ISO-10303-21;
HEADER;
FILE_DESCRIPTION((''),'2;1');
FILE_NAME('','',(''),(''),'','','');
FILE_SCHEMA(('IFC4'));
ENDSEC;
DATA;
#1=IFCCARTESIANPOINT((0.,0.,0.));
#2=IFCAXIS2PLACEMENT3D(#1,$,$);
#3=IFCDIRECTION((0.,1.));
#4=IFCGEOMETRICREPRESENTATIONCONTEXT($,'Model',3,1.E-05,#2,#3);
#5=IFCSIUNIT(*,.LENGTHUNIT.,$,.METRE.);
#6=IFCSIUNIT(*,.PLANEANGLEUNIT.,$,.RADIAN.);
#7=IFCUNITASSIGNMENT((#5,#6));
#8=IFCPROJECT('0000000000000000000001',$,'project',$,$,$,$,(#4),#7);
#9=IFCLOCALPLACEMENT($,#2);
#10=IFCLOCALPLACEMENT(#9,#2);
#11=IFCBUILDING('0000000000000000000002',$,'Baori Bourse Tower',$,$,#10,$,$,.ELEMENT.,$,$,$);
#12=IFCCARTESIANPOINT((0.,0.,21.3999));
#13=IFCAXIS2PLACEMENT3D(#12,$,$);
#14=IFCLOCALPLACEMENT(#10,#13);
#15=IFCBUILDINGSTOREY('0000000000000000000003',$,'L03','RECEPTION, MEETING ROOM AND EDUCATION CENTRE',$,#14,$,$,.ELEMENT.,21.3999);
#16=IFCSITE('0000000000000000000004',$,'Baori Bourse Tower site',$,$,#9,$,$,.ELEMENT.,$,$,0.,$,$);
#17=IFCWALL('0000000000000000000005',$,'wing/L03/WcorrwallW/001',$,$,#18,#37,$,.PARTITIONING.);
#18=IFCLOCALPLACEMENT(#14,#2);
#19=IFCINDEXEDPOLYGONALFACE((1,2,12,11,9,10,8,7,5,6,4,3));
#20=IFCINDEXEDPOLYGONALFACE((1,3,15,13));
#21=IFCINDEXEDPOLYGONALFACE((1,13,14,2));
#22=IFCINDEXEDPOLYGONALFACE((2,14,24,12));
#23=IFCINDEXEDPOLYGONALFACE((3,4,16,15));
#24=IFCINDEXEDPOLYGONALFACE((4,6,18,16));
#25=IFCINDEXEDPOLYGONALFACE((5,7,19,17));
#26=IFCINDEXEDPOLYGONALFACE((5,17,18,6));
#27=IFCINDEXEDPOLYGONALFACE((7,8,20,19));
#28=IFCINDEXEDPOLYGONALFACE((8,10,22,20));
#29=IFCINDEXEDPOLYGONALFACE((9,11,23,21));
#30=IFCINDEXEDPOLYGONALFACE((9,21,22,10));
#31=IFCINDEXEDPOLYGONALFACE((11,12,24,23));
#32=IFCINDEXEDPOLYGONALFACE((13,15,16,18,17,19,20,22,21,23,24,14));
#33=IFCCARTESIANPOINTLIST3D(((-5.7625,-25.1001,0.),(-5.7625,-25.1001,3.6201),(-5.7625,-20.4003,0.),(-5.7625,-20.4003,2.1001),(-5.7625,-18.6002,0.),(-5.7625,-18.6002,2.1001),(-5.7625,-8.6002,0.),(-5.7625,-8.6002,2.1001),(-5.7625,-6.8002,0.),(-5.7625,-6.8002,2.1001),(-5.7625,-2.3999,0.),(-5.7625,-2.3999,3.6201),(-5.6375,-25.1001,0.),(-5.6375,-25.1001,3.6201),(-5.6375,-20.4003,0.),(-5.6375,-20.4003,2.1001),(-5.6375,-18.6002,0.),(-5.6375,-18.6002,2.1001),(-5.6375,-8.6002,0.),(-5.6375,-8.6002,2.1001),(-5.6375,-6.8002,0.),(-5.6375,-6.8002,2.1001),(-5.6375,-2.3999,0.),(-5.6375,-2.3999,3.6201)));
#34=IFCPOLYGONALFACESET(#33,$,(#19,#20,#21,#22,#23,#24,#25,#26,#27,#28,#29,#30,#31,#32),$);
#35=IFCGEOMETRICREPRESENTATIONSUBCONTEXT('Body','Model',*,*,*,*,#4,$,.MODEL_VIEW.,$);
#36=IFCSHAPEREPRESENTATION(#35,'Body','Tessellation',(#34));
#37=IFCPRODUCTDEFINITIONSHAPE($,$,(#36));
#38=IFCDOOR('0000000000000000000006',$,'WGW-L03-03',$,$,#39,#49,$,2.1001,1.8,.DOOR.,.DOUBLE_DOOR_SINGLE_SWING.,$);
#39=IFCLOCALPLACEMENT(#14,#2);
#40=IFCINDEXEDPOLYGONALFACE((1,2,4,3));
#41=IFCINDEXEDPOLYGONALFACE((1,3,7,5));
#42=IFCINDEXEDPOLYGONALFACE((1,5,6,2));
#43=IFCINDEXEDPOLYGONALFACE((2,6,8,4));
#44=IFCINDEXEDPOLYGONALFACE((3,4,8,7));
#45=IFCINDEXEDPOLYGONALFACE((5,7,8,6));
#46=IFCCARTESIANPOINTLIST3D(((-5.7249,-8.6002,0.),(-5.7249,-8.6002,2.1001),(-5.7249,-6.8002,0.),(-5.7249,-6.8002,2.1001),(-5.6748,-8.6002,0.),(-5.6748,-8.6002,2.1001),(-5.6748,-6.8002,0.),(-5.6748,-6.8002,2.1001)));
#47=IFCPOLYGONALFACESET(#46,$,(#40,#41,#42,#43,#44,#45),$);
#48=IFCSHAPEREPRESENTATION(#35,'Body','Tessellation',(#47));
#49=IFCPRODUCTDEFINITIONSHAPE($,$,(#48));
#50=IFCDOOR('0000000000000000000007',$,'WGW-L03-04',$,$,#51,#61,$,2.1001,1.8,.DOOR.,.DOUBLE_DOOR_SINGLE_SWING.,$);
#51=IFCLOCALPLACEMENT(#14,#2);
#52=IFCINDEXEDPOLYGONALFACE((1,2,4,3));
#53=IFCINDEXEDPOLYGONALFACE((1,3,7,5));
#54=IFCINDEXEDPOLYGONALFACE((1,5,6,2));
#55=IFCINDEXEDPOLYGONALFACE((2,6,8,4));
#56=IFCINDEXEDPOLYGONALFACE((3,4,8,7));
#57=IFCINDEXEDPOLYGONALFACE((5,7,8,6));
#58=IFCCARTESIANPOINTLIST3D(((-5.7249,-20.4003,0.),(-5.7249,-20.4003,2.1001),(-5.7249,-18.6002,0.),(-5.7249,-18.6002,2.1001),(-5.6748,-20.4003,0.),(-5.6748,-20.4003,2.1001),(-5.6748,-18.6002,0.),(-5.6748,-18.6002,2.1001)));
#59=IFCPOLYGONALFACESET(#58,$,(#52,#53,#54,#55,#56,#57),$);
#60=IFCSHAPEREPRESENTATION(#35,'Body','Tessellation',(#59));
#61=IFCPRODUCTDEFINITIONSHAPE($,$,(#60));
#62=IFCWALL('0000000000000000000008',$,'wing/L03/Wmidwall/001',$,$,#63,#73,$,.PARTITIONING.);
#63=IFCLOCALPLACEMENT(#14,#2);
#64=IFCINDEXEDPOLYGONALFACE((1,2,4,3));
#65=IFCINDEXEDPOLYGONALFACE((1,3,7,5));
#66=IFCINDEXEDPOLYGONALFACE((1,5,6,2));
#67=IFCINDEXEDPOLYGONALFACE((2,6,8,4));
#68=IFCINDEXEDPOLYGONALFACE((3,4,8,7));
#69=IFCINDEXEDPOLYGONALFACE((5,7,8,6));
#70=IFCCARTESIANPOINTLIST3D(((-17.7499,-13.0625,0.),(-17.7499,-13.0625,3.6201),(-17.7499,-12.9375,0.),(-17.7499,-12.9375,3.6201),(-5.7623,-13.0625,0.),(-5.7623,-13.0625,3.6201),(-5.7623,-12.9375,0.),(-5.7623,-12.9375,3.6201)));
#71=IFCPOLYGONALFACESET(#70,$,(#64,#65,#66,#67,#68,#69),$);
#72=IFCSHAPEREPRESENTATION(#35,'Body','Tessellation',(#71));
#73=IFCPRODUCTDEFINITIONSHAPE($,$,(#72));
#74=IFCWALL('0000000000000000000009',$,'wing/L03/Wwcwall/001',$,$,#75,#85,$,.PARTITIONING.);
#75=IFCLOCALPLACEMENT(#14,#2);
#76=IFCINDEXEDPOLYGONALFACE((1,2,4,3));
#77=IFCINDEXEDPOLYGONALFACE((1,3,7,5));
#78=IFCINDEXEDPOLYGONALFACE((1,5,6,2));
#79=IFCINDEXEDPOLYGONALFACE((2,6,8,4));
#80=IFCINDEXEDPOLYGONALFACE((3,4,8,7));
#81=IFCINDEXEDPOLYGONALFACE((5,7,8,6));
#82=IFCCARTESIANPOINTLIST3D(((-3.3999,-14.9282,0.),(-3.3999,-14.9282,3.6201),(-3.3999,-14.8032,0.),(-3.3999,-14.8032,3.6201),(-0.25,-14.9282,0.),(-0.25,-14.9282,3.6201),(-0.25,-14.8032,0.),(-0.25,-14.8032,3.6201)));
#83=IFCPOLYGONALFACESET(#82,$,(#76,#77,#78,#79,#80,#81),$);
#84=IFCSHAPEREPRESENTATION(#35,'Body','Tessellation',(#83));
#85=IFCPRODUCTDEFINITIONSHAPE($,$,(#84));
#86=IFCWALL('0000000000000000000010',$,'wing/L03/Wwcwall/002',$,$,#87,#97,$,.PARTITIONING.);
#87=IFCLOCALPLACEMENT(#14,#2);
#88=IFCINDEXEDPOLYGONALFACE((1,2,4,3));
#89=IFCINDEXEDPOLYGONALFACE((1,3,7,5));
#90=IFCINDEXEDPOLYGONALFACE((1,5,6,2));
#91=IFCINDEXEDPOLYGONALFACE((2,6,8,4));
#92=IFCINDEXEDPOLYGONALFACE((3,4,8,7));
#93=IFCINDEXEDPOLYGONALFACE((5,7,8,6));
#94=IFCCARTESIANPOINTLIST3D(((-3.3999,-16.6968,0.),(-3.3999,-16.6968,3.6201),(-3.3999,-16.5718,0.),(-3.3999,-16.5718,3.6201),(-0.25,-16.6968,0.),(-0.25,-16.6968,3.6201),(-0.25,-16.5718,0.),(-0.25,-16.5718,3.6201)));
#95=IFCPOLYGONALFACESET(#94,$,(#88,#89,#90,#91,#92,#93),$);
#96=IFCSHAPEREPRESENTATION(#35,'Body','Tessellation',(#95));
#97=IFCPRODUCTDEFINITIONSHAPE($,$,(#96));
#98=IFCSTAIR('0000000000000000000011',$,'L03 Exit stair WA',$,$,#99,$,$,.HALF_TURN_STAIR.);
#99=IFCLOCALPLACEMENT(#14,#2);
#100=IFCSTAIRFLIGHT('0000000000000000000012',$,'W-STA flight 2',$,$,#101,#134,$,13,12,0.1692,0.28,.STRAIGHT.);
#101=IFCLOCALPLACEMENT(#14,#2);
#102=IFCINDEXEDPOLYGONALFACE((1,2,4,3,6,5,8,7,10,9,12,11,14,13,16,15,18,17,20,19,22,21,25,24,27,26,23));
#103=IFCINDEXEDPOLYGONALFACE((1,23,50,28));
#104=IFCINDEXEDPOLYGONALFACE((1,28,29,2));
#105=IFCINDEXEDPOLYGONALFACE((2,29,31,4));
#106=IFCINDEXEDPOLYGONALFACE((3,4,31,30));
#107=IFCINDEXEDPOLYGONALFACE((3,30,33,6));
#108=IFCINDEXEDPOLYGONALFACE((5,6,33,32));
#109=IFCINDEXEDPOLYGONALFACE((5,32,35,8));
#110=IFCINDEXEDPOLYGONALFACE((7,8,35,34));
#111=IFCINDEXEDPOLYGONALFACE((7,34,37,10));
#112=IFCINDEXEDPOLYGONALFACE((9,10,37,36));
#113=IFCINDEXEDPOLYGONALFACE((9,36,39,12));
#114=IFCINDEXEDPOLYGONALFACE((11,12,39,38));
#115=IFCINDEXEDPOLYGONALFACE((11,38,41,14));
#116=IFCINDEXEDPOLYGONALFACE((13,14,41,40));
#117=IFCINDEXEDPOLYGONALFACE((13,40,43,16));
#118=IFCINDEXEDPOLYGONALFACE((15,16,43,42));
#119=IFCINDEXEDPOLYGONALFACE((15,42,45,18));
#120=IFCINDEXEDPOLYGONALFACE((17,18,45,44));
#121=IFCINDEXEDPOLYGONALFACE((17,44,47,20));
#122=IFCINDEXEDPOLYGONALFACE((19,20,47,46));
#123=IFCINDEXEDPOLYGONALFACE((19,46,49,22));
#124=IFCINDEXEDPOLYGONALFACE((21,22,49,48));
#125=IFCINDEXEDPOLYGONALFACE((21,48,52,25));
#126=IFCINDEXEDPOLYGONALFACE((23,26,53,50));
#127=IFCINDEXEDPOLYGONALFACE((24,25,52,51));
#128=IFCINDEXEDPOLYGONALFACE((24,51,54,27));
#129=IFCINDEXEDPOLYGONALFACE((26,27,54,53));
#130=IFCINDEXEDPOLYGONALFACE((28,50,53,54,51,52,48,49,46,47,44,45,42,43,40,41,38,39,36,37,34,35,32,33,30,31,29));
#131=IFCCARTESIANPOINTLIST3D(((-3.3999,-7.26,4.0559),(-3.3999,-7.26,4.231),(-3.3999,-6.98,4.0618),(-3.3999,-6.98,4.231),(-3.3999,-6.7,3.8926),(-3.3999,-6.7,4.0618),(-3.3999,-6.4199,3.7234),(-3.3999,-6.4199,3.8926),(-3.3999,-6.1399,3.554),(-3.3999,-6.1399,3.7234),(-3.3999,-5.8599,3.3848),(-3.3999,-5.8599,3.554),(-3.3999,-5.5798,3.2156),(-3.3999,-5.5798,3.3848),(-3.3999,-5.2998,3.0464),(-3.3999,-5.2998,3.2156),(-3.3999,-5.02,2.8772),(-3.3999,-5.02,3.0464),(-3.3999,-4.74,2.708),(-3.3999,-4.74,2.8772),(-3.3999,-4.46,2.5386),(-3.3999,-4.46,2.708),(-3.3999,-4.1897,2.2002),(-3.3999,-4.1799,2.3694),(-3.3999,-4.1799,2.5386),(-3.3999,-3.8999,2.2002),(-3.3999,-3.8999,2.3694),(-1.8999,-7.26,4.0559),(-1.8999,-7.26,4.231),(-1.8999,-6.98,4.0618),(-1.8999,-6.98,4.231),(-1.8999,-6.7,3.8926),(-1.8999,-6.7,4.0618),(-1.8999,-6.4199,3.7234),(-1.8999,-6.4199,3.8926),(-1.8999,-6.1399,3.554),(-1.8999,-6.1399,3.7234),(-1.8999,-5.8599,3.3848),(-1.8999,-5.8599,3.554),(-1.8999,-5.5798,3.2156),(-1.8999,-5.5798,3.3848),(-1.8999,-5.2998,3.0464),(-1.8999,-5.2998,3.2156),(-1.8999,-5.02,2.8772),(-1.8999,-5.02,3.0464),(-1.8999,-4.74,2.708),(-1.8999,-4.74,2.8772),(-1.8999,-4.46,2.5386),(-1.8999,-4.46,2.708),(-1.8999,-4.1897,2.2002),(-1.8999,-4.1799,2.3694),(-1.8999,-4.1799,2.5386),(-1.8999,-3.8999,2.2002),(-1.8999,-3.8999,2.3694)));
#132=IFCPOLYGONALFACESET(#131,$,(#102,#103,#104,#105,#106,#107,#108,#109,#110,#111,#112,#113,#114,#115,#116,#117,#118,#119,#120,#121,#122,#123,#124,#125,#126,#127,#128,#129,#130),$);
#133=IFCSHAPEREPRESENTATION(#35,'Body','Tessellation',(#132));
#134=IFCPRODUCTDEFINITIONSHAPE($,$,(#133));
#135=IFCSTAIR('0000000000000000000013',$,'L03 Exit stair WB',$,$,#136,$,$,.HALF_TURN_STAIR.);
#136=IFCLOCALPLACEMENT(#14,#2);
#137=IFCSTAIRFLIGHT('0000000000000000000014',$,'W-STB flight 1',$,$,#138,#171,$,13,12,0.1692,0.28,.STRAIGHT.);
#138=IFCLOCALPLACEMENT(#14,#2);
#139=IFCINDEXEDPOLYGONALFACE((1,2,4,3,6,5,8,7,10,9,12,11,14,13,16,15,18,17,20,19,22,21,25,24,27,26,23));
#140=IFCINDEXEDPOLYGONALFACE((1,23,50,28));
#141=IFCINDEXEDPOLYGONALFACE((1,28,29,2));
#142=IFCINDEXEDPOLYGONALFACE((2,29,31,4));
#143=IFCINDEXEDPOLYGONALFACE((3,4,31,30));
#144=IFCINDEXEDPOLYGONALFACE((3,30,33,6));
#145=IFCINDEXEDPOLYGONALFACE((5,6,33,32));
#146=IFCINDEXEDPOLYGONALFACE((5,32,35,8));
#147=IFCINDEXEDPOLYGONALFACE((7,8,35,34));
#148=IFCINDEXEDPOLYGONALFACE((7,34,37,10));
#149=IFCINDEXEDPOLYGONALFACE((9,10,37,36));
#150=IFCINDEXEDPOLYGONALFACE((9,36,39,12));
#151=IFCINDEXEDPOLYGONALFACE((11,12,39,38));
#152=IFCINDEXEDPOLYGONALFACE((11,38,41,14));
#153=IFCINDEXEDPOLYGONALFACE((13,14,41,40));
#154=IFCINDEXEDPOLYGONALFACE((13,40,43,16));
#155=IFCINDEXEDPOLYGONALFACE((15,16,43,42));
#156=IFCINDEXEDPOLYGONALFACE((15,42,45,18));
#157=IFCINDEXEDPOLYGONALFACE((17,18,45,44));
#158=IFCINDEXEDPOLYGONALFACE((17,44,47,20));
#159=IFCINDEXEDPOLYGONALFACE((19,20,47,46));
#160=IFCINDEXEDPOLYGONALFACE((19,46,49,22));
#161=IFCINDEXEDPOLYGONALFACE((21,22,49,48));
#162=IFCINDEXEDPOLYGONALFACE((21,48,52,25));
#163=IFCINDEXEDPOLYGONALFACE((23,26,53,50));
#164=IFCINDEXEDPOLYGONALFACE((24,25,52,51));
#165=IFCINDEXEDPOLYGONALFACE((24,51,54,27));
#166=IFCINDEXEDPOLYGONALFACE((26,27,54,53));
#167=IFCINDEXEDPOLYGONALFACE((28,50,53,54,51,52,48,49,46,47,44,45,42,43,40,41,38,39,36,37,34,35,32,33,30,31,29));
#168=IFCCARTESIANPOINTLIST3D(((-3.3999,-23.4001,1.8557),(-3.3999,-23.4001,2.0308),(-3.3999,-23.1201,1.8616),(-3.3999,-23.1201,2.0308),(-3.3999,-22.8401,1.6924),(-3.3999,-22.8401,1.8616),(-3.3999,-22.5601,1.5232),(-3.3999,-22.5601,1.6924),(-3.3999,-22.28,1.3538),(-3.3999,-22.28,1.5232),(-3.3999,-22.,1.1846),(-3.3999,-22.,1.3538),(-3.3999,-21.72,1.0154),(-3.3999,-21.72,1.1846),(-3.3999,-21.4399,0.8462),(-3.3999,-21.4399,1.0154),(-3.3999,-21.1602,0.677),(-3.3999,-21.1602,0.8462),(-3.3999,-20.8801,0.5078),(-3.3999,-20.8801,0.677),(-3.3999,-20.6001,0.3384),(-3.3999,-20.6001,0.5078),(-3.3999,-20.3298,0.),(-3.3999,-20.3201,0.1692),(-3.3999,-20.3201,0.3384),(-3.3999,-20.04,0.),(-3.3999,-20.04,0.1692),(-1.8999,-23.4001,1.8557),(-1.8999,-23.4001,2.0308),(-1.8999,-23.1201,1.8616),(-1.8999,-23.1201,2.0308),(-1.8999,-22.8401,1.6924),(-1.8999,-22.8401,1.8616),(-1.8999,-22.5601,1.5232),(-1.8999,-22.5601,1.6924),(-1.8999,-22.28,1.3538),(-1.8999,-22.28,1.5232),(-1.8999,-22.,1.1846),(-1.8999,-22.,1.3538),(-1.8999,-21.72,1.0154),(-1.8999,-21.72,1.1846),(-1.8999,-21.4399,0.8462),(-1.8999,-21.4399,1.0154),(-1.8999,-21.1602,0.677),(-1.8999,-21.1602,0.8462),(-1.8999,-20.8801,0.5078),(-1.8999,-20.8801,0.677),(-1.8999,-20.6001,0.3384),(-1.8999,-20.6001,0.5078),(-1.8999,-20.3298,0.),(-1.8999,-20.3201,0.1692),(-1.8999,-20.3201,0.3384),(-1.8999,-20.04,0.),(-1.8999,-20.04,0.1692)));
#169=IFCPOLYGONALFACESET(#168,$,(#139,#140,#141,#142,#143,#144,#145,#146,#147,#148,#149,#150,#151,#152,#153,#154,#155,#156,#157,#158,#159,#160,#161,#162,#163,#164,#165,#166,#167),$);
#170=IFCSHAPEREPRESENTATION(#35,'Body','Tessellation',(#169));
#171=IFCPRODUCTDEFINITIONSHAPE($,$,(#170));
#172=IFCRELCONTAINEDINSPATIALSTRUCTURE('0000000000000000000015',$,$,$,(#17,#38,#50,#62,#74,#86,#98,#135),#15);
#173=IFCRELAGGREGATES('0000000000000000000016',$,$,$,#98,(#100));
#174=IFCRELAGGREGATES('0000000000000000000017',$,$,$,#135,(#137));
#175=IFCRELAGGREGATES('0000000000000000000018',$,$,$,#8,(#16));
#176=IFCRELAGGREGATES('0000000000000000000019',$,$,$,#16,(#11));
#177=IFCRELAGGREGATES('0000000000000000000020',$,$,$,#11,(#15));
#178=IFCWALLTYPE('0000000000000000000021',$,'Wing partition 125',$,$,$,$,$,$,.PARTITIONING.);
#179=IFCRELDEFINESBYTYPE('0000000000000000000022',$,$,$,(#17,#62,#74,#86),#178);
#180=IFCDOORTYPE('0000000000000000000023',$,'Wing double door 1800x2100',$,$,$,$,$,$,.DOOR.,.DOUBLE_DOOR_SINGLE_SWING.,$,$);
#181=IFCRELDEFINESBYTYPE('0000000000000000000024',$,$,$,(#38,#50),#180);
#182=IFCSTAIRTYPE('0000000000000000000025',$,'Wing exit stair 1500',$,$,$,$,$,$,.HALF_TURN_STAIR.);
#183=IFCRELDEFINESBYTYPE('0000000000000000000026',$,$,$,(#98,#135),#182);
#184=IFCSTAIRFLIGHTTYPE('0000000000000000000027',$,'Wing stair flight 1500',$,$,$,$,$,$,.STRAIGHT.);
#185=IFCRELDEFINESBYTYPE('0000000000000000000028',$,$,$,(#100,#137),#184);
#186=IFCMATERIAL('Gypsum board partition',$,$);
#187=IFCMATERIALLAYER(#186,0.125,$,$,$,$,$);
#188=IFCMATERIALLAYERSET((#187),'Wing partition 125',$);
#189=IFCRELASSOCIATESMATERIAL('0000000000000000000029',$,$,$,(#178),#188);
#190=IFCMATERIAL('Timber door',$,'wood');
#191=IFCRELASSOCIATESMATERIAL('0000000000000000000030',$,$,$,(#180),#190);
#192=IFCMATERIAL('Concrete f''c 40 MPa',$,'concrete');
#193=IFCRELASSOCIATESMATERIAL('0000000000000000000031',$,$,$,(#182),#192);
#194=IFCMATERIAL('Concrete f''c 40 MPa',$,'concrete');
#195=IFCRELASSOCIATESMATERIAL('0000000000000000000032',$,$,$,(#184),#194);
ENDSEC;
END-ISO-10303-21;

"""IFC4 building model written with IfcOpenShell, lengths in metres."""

from ifc_helpers import new_model, si_unit, direction, frame, frame_2d, origin, place, context, subcontext, project, spatial, polyline, rectangle, outline, extrude, material, layer, layer_set, type_object, element, fill, aggregate, save


model = new_model("IFC4")

# Units and contexts
model_context = context("Model", 3, precision=1e-05, world=origin(), true_north=direction((0.0, 1.0)))
body_context = subcontext(model_context, "Body", "Model", "MODEL_VIEW")
ifc_project = project(units=[si_unit("LENGTHUNIT", "METRE"), si_unit("PLANEANGLEUNIT", "RADIAN")], contexts=[model_context])

# Site, building, storey
site_placement = place(None, origin())
site = spatial("IfcSite", under=ifc_project, at=site_placement, Name="Baori Bourse Tower site", CompositionType="ELEMENT", RefElevation=0.0)
building_placement = place(site_placement, origin())
building = spatial("IfcBuilding", under=site, at=building_placement, Name="Baori Bourse Tower", CompositionType="ELEMENT")
storey_placement = place(building_placement, frame((0.0, 0.0, 21.3999)))
storey = spatial("IfcBuildingStorey", under=building, at=storey_placement, Name="L03", Description="RECEPTION, MEETING ROOM AND EDUCATION CENTRE", CompositionType="ELEMENT", Elevation=21.3999)

# Wall, openings, doors
ifc_material_1 = material(Name="Gypsum board partition")
ifc_layer_1 = layer(ifc_material_1, 0.125)
ifc_layer_set_1 = layer_set([ifc_layer_1], Name="Wing partition 125")
wall_type_1 = type_object("IfcWallType", Name="Wing partition 125", PredefinedType="PARTITIONING", material=ifc_layer_set_1)
wall_1_placement = place(storey_placement, frame((-5.7, -25.1001, 0.0), z_axis=(0.0, 0.0, 1.0), x_axis=(0.0, 1.0, 0.0)))
wall_1 = element("IfcWall", 1, at=wall_1_placement, inside=storey, type_object=wall_type_1, Name="wing/L03/WcorrwallW/001", PredefinedType="PARTITIONING", context=body_context, shape_type="SweptSolid", body=[
    extrude(rectangle(XDim=22.7002, YDim=0.125, at=frame_2d((11.3501, 0.0))), origin(), (0.0, 0.0, 1.0), 3.6201),
])
opening_1_placement = place(wall_1_placement, frame((16.5, 0.0, 0.0)))
opening_1 = element("IfcOpeningElement", 2, at=opening_1_placement, cuts=wall_1, PredefinedType="OPENING", context=body_context, shape_type="SweptSolid", body=[
    extrude(rectangle(XDim=1.8, YDim=2.1001, at=frame_2d((0.8999, 1.05))), frame((0.0, 0.0725, 0.0), z_axis=(0.0, -1.0, 0.0), x_axis=(1.0, 0.0, 0.0)), (0.0, 0.0, 1.0), 0.145),
])
opening_2_placement = place(wall_1_placement, frame((4.7, 0.0, 0.0)))
opening_2 = element("IfcOpeningElement", 3, at=opening_2_placement, cuts=wall_1, PredefinedType="OPENING", context=body_context, shape_type="SweptSolid", body=[
    extrude(rectangle(XDim=1.8, YDim=2.1001, at=frame_2d((0.8999, 1.05))), frame((0.0, 0.0725, 0.0), z_axis=(0.0, -1.0, 0.0), x_axis=(1.0, 0.0, 0.0)), (0.0, 0.0, 1.0), 0.145),
])
ifc_material_2 = material(Name="Timber door", Category="wood")
door_type_1 = type_object("IfcDoorType", Name="Wing double door 1800x2100", OperationType="DOUBLE_DOOR_SINGLE_SWING", PredefinedType="DOOR", material=ifc_material_2)
door_1_placement = place(opening_1_placement, origin())
door_1 = element("IfcDoor", 4, at=door_1_placement, inside=storey, type_object=door_type_1, Name="WGW-L03-03", OperationType="DOUBLE_DOOR_SINGLE_SWING", OverallHeight=2.1001, OverallWidth=1.8, PredefinedType="DOOR", context=body_context, shape_type="SweptSolid", body=[
    extrude(rectangle(XDim=1.8, YDim=2.1001, at=frame_2d((0.8999, 1.05))), frame((0.0, 0.0249, 0.0), z_axis=(0.0, -1.0, 0.0), x_axis=(1.0, 0.0, 0.0)), (0.0, 0.0, 1.0), 0.05),
])
fill(opening_1, door_1)
door_2_placement = place(opening_2_placement, origin())
door_2 = element("IfcDoor", 5, at=door_2_placement, inside=storey, type_object=door_type_1, Name="WGW-L03-04", OperationType="DOUBLE_DOOR_SINGLE_SWING", OverallHeight=2.1001, OverallWidth=1.8, PredefinedType="DOOR", context=body_context, shape_type="SweptSolid", body=[
    extrude(rectangle(XDim=1.8, YDim=2.1001, at=frame_2d((0.8999, 1.05))), frame((0.0, 0.0249, 0.0), z_axis=(0.0, -1.0, 0.0), x_axis=(1.0, 0.0, 0.0)), (0.0, 0.0, 1.0), 0.05),
])
fill(opening_2, door_2)

# Walls
wall_2_placement = place(storey_placement, frame((-5.7625, -13.0, 0.0), z_axis=(0.0, 0.0, 1.0), x_axis=(-1.0, 0.0, 0.0)))
element("IfcWall", 6, at=wall_2_placement, inside=storey, type_object=wall_type_1, Name="wing/L03/Wmidwall/001", PredefinedType="PARTITIONING", context=body_context, shape_type="SweptSolid", body=[
    extrude(rectangle(XDim=11.9875, YDim=0.125, at=frame_2d((5.9937, 0.0))), origin(), (0.0, 0.0, 1.0), 3.6201),
])
for number, where, z_axis, x_axis, name in (
    (7, (-3.3999, -14.8657, 0.0), (0.0, 0.0, 1.0), (1.0, 0.0, 0.0), "wing/L03/Wwcwall/001"),
    (8, (-3.3999, -16.6343, 0.0), (0.0, 0.0, 1.0), (1.0, 0.0, 0.0), "wing/L03/Wwcwall/002"),
):
    element("IfcWall", number, at=place(storey_placement, frame(where, z_axis=z_axis, x_axis=x_axis)), inside=storey, type_object=wall_type_1, Name=name, PredefinedType="PARTITIONING", context=body_context, shape_type="SweptSolid", body=[
        extrude(rectangle(XDim=3.1499, YDim=0.125, at=frame_2d((1.575, 0.0))), origin(), (0.0, 0.0, 1.0), 3.6201),
    ])

# Stairs, stair flights
ifc_material_3 = material(Name="Concrete f'c 40 MPa", Category="concrete")
stair_type = type_object("IfcStairType", Name="Wing exit stair 1500", PredefinedType="HALF_TURN_STAIR", material=ifc_material_3)
stair_1_placement = place(storey_placement, origin())
stair_1 = element("IfcStair", 9, at=stair_1_placement, inside=storey, type_object=stair_type, Name="L03 Exit stair WA", PredefinedType="HALF_TURN_STAIR")
ifc_material_4 = material(Name="Concrete f'c 40 MPa", Category="concrete")
stair_flight_type = type_object("IfcStairFlightType", Name="Wing stair flight 1500", PredefinedType="STRAIGHT", material=ifc_material_4)
stair_flight_1_placement = place(storey_placement, frame((-2.6499, -3.8999, 2.2002), z_axis=(0.0, 0.0, 1.0), x_axis=(0.0, -1.0, 0.0)))
stair_flight_1 = element("IfcStairFlight", 10, at=stair_flight_1_placement, type_object=stair_flight_type, Name="W-STA flight 2", NumberOfRisers=13, NumberOfTreads=12, PredefinedType="STRAIGHT", RiserHeight=0.1692, TreadLength=0.28, context=body_context, shape_type="SweptSolid", body=[
    extrude(outline(polyline([(0.0, 0.0), (0.0, 0.1692), (0.28, 0.1692), (0.28, 0.3384), (0.5601, 0.3384), (0.5601, 0.5078), (0.8401, 0.5078), (0.8401, 0.677), (1.1201, 0.677), (1.1201, 0.8462), (1.3999, 0.8462), (1.3999, 1.0154), (1.6799, 1.0154), (1.6799, 1.1846), (1.96, 1.1846), (1.96, 1.3538), (2.24, 1.3538), (2.24, 1.5232), (2.52, 1.5232), (2.52, 1.6924), (2.8, 1.6924), (2.8, 1.8616), (3.0801, 1.8616), (3.0801, 2.0308), (3.3601, 2.0308), (3.3601, 2.2), (3.3601, 1.8557), (0.2898, 0.0), (0.0, 0.0)])), frame((0.0, 0.75, 0.0), z_axis=(0.0, -1.0, 0.0), x_axis=(1.0, 0.0, 0.0)), (0.0, 0.0, 1.0), 1.5),
])
aggregate(stair_1, [stair_flight_1])
stair_2_placement = place(storey_placement, origin())
stair_2 = element("IfcStair", 11, at=stair_2_placement, inside=storey, type_object=stair_type, Name="L03 Exit stair WB", PredefinedType="HALF_TURN_STAIR")
stair_flight_2_placement = place(storey_placement, frame((-2.6499, -20.04, 0.0), z_axis=(0.0, 0.0, 1.0), x_axis=(0.0, -1.0, 0.0)))
stair_flight_2 = element("IfcStairFlight", 12, at=stair_flight_2_placement, type_object=stair_flight_type, Name="W-STB flight 1", NumberOfRisers=13, NumberOfTreads=12, PredefinedType="STRAIGHT", RiserHeight=0.1692, TreadLength=0.28, context=body_context, shape_type="SweptSolid", body=[
    extrude(outline(polyline([(0.0, 0.0), (0.0, 0.1692), (0.28, 0.1692), (0.28, 0.3384), (0.5601, 0.3384), (0.5601, 0.5078), (0.8401, 0.5078), (0.8401, 0.677), (1.1201, 0.677), (1.1201, 0.8462), (1.3999, 0.8462), (1.3999, 1.0154), (1.6799, 1.0154), (1.6799, 1.1846), (1.96, 1.1846), (1.96, 1.3538), (2.24, 1.3538), (2.24, 1.5232), (2.52, 1.5232), (2.52, 1.6924), (2.8, 1.6924), (2.8, 1.8616), (3.0801, 1.8616), (3.0801, 2.0308), (3.3601, 2.0308), (3.3601, 2.2), (3.3601, 1.8557), (0.2898, 0.0), (0.0, 0.0)])), frame((0.0, 0.75, 0.0), z_axis=(0.0, -1.0, 0.0), x_axis=(1.0, 0.0, 0.0)), (0.0, 0.0, 1.0), 1.5),
])
aggregate(stair_2, [stair_flight_2])

save(model, "model.ifc")
